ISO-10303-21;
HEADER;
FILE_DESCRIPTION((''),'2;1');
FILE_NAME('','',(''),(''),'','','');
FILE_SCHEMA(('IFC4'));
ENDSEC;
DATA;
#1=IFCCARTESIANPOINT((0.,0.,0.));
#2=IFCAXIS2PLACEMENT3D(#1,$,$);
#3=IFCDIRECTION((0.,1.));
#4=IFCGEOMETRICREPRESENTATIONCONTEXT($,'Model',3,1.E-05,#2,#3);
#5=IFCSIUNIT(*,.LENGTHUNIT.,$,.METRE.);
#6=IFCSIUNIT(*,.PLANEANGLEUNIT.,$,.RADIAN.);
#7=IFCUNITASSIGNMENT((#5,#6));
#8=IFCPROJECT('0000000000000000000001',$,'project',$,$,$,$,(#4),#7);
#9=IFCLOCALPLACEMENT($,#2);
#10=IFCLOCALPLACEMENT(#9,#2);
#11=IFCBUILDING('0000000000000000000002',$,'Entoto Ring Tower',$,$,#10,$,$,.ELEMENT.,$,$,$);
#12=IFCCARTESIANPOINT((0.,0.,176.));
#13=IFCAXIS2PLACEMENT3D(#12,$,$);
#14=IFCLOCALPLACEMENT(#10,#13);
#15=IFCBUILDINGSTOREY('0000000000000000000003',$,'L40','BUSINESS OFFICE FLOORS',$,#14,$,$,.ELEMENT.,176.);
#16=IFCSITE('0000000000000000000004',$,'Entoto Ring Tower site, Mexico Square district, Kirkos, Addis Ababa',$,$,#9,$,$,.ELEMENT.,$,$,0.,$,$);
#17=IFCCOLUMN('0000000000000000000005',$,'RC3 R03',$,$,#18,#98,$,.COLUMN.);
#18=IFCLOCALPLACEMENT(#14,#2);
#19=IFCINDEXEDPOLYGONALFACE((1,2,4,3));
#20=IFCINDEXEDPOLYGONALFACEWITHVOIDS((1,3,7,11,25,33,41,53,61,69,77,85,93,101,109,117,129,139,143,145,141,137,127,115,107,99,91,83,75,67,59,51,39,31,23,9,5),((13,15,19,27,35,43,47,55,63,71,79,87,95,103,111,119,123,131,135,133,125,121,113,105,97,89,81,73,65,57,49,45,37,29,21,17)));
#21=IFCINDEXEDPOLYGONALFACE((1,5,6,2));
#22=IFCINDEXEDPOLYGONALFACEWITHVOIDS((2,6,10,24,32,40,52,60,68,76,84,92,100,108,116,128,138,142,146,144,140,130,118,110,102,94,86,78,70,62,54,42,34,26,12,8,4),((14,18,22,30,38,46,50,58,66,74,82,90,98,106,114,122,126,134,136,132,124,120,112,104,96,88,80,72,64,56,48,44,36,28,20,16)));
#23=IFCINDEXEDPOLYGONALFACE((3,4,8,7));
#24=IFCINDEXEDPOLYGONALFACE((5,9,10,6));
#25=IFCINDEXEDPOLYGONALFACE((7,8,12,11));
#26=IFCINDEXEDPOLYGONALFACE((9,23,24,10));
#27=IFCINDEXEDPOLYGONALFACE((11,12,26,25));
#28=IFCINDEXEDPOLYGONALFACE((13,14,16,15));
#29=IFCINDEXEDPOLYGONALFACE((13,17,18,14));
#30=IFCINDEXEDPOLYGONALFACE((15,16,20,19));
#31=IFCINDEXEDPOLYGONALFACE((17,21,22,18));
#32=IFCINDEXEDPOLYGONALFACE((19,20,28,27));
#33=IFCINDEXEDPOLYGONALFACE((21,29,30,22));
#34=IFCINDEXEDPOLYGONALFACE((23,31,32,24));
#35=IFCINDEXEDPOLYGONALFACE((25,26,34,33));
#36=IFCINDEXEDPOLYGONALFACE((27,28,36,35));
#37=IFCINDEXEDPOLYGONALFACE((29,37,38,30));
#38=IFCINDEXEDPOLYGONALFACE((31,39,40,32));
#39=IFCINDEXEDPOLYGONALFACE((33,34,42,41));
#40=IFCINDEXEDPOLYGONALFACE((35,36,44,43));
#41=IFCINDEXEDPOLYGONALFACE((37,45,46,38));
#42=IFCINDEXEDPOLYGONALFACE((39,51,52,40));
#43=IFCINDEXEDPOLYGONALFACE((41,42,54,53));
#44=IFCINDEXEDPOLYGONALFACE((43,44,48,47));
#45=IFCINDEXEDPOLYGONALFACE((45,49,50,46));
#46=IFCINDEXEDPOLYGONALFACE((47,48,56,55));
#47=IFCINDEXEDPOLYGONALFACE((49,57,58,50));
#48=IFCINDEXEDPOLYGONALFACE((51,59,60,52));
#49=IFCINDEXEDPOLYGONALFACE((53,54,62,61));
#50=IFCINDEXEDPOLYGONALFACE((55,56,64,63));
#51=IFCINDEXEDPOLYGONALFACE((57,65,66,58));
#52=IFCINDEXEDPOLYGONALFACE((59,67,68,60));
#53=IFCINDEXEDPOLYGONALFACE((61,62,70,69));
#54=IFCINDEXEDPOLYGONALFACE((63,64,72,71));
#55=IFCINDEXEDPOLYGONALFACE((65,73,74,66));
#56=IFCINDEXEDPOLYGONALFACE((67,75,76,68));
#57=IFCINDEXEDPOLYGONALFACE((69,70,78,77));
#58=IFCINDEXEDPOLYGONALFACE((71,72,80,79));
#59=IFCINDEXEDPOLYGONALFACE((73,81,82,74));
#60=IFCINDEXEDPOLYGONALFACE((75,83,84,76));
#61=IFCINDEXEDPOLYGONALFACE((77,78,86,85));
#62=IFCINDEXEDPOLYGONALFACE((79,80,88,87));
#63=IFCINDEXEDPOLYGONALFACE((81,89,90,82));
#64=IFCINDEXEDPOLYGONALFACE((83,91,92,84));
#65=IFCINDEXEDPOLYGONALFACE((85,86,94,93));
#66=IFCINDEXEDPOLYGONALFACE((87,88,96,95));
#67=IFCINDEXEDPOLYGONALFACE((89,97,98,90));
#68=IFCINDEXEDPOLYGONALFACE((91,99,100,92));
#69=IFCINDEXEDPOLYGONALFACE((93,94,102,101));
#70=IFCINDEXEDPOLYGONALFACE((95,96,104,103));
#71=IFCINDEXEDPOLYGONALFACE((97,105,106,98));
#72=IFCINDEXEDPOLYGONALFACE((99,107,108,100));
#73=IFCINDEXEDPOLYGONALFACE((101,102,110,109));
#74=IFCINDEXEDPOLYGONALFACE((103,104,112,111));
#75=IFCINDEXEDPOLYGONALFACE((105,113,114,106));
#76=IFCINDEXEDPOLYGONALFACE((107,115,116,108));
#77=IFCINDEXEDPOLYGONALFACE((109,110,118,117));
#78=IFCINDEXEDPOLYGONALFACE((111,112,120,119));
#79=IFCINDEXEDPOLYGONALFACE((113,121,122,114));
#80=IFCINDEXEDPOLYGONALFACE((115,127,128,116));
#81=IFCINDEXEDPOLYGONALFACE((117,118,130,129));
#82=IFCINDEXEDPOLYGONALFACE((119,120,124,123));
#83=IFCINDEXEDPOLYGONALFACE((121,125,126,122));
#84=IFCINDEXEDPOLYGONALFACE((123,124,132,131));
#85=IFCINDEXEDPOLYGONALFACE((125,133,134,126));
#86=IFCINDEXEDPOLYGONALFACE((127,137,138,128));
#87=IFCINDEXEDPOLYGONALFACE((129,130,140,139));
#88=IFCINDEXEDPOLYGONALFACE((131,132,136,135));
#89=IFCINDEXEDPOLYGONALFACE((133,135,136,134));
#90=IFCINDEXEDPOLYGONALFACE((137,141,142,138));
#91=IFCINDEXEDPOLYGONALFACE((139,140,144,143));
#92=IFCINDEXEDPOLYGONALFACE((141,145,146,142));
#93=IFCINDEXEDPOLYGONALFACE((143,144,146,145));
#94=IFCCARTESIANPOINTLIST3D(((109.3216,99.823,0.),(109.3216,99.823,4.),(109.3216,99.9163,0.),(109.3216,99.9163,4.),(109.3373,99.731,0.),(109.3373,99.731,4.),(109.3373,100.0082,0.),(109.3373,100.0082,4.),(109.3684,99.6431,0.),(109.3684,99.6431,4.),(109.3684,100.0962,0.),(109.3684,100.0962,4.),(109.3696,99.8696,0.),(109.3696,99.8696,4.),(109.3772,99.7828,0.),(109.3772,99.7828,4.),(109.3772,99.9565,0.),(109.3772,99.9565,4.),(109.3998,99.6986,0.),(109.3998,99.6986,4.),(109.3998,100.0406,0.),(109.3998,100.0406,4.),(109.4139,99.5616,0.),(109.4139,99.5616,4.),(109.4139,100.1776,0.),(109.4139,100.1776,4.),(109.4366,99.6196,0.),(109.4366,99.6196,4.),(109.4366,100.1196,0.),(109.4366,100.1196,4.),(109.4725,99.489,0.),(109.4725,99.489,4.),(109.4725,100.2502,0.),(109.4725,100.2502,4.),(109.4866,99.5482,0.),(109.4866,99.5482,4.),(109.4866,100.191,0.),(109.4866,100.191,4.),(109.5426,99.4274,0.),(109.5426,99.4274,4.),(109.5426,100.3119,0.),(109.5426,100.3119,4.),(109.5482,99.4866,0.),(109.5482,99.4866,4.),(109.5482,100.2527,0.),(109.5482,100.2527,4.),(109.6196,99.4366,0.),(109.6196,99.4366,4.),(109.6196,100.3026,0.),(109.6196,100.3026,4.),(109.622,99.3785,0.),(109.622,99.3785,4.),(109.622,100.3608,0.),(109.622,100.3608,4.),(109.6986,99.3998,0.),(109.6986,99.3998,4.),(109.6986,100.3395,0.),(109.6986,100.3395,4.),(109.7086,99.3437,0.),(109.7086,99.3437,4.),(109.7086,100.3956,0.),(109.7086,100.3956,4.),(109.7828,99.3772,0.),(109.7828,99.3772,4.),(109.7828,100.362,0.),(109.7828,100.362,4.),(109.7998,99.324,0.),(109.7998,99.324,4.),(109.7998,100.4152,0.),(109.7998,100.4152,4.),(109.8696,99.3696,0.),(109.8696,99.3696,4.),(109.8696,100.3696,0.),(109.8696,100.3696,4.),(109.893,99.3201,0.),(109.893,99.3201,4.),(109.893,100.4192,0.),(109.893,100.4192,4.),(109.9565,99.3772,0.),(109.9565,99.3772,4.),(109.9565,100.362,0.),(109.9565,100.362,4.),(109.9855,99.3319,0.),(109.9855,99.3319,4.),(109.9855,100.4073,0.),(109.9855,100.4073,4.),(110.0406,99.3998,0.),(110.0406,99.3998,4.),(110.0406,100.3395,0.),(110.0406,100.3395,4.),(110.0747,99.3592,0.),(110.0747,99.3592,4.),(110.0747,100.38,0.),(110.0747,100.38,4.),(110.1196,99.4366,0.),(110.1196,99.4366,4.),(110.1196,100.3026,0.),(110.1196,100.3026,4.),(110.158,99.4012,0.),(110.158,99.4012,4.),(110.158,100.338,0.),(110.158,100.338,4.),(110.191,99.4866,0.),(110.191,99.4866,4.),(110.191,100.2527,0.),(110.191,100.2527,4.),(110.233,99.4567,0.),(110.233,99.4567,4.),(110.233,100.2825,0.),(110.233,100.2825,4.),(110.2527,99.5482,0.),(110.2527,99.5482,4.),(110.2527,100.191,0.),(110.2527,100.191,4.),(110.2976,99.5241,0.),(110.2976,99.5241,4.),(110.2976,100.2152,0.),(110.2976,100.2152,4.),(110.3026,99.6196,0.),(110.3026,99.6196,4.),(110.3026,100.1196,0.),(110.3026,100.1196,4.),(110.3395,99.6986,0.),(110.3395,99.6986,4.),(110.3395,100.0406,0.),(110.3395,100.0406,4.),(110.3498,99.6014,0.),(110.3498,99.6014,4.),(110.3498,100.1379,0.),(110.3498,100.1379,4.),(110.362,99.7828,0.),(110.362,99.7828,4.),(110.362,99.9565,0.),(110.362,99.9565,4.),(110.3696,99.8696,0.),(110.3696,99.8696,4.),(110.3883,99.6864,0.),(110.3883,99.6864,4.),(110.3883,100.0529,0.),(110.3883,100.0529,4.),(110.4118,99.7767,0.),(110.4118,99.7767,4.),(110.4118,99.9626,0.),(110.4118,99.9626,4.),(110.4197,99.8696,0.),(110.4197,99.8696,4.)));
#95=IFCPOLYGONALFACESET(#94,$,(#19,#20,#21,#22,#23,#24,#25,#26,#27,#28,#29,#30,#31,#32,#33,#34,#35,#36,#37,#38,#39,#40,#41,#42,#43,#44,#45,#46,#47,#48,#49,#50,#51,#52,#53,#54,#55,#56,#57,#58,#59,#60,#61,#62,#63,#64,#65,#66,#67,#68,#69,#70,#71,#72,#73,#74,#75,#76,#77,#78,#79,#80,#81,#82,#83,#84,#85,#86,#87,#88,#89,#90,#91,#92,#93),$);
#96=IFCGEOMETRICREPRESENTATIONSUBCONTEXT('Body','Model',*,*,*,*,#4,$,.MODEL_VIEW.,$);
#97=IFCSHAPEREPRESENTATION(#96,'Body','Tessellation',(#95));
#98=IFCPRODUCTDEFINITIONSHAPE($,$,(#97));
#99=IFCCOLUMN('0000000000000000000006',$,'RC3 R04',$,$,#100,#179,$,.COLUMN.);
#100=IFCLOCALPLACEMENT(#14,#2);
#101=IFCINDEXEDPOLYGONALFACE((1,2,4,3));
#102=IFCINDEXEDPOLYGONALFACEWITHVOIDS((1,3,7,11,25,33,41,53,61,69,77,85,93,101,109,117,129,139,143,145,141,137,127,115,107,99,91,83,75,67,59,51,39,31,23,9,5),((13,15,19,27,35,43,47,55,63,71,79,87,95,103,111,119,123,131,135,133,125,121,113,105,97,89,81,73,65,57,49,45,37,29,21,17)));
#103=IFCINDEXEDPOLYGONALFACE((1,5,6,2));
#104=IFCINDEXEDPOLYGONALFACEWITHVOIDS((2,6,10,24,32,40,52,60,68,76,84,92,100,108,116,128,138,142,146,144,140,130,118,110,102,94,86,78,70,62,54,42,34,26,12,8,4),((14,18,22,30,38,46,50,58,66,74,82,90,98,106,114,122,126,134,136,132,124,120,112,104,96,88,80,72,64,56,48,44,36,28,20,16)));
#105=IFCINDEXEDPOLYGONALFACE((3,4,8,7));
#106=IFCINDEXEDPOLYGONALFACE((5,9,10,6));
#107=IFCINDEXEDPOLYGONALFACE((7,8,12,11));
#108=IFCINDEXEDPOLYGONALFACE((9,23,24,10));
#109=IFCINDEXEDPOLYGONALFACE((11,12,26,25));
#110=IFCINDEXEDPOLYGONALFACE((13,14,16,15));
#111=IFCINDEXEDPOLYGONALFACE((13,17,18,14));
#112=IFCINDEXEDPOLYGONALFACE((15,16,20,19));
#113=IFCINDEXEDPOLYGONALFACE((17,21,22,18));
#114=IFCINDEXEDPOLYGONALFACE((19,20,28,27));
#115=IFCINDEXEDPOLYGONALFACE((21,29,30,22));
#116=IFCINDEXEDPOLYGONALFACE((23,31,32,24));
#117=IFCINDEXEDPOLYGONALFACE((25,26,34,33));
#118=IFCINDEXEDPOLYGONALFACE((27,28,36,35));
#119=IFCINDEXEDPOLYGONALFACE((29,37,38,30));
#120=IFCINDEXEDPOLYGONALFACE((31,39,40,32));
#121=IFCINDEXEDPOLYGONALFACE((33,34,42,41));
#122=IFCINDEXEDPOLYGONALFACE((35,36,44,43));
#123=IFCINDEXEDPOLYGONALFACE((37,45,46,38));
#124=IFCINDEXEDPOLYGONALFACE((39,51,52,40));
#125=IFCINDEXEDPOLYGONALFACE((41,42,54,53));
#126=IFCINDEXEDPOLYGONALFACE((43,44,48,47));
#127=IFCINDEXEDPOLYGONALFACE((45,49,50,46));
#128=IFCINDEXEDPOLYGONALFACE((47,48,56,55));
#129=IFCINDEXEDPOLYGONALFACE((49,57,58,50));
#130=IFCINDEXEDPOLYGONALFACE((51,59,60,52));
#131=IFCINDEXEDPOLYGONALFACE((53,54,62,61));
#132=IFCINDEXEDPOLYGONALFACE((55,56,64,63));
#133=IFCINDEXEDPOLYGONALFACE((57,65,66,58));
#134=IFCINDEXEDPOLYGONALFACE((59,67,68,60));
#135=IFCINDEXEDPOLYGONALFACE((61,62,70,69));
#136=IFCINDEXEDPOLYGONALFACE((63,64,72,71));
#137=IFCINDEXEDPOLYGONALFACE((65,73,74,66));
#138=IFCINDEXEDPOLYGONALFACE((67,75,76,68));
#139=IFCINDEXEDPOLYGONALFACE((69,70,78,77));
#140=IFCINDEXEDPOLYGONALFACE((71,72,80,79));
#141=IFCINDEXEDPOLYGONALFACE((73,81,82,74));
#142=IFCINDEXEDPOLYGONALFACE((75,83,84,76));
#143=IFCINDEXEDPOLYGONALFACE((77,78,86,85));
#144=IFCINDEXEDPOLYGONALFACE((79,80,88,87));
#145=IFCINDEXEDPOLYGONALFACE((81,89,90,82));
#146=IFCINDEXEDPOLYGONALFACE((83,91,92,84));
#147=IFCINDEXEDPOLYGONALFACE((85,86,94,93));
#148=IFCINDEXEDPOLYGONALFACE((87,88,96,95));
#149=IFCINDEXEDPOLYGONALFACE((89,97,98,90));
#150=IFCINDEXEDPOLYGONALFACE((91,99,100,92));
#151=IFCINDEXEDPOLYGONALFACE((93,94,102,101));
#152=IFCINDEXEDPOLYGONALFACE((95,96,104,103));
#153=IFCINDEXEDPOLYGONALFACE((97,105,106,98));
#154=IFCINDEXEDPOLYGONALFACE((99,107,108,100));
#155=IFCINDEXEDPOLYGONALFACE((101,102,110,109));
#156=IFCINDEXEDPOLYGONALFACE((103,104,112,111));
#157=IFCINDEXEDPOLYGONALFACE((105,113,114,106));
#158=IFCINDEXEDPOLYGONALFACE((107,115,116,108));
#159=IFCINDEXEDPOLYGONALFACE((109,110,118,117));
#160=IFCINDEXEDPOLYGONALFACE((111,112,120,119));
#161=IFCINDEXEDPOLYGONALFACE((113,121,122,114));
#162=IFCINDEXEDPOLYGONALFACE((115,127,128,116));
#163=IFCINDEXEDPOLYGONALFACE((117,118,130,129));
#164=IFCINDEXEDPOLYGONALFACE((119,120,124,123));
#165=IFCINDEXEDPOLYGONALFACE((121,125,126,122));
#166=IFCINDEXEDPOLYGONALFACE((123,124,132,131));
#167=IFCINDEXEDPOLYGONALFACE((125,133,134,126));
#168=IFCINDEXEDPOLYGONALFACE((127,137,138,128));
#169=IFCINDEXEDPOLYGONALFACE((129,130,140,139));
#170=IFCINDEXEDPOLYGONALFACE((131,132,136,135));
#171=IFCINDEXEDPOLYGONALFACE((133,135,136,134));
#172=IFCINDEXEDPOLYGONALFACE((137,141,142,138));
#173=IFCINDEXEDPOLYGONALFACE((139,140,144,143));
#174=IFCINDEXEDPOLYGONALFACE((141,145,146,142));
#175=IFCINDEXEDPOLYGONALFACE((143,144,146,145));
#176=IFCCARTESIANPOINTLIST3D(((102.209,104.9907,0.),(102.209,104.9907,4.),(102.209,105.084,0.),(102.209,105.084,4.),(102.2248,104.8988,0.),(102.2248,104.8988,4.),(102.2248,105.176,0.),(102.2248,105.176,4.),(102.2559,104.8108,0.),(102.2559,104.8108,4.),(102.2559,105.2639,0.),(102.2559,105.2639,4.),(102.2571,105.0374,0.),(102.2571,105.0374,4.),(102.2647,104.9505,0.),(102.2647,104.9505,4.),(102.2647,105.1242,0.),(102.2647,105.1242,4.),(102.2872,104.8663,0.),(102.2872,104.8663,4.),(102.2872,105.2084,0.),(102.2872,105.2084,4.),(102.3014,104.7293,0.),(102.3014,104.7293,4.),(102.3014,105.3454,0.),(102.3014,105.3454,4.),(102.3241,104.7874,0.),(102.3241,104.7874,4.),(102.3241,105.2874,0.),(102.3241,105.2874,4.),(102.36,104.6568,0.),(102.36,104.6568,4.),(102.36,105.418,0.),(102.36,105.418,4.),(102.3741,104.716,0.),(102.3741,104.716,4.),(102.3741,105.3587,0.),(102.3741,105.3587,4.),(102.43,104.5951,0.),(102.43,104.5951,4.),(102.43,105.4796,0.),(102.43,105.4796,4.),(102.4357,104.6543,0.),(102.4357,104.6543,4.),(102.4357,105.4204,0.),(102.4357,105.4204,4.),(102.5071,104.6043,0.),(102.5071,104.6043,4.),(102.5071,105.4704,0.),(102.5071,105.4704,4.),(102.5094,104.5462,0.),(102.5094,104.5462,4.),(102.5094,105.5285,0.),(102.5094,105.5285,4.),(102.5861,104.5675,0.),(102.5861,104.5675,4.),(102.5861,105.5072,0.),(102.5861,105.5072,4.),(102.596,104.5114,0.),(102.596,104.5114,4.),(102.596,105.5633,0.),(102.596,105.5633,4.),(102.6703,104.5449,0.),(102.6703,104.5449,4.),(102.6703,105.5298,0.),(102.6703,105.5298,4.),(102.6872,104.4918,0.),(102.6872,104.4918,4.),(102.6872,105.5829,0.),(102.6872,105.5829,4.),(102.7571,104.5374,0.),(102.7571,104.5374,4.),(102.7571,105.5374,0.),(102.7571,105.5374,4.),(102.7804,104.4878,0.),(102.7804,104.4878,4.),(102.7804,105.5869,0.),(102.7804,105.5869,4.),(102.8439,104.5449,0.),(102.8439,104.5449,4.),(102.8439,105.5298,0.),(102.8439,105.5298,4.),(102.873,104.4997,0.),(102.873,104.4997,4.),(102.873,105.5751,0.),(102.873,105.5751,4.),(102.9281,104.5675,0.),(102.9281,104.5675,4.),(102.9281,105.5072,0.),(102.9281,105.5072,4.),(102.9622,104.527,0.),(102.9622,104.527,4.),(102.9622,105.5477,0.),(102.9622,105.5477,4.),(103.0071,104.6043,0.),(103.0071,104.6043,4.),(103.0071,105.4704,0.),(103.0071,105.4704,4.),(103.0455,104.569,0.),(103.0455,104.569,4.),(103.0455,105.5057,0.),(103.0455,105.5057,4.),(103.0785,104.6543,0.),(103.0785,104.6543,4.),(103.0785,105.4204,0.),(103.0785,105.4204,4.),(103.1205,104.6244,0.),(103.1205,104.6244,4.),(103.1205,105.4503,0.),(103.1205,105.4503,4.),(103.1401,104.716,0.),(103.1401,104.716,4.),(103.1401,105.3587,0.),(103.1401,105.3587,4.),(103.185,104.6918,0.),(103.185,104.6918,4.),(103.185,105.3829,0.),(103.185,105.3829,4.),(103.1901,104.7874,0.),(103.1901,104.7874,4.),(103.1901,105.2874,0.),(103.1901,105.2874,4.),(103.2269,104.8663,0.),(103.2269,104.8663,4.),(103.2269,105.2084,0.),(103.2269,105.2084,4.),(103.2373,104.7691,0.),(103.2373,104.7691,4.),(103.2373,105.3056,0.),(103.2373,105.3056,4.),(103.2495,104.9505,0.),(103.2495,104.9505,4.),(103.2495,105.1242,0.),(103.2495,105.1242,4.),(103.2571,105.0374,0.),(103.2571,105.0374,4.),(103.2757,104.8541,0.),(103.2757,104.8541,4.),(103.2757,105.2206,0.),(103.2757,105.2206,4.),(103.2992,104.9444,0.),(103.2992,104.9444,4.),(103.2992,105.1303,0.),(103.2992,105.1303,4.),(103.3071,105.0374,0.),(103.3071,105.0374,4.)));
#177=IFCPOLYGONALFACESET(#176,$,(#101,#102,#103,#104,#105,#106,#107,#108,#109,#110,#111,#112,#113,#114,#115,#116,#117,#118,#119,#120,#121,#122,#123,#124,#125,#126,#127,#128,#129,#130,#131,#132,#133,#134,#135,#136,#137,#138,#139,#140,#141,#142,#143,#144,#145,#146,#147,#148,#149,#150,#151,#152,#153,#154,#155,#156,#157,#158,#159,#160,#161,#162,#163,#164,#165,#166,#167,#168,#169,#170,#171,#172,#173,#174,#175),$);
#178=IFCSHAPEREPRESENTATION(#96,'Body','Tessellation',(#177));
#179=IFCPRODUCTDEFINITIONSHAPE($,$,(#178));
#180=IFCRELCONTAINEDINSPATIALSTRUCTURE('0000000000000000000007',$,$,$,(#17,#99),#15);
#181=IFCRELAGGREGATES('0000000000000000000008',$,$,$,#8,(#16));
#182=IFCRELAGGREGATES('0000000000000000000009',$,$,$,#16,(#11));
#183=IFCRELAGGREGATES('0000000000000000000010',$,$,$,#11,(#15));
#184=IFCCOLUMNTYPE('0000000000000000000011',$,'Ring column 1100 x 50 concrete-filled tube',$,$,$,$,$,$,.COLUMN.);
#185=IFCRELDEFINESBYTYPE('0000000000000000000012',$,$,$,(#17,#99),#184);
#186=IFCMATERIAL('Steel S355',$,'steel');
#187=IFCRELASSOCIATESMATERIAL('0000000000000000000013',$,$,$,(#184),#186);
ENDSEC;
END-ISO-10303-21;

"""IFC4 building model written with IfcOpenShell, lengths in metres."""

from ifc_helpers import new_model, si_unit, direction, frame, origin, origin_2d, place, context, subcontext, project, spatial, circle, hollow_circle, extrude, material, material_profile, profile_set, type_object, element, save


model = new_model("IFC4")

# Units and contexts
model_context = context("Model", 3, precision=1e-05, world=origin(), true_north=direction((0.0, 1.0)))
body_context = subcontext(model_context, "Body", "Model", "MODEL_VIEW")
ifc_project = project(units=[si_unit("LENGTHUNIT", "METRE"), si_unit("PLANEANGLEUNIT", "RADIAN")], contexts=[model_context])

# Site, building, storey
site_placement = place(None, origin())
site = spatial("IfcSite", under=ifc_project, at=site_placement, Name="Entoto Ring Tower site, Mexico Square district, Kirkos, Addis Ababa", CompositionType="ELEMENT", RefElevation=0.0)
building_placement = place(site_placement, origin())
building = spatial("IfcBuilding", under=site, at=building_placement, Name="Entoto Ring Tower", CompositionType="ELEMENT")
storey_placement = place(building_placement, frame((0.0, 0.0, 176.0)))
storey = spatial("IfcBuildingStorey", under=building, at=storey_placement, Name="L40", Description="BUSINESS OFFICE FLOORS", CompositionType="ELEMENT", Elevation=176.0)

# Columns
ifc_material_1 = material(Name="Steel S355", Category="steel")
ifc_material_profile_1 = material_profile(ifc_material_1, hollow_circle(Radius=0.55, WallThickness=0.05, at=origin_2d()), Name="CHS 1100 x 50")
ifc_material_2 = material(Name="Concrete C60/75", Category="concrete")
ifc_material_profile_2 = material_profile(ifc_material_2, circle(Radius=0.5, at=origin_2d()), Name="Concrete C60/75 infill")
ifc_profile_set_1 = profile_set([ifc_material_profile_1, ifc_material_profile_2], Name="Steel S355")
column_type = type_object("IfcColumnType", Name="Ring column 1100 x 50 concrete-filled tube", PredefinedType="COLUMN", material=ifc_profile_set_1)
for number, where, z_axis, x_axis, name in (
    (1, (109.8696, 99.8696, 0.0), (0.0, 0.0, 1.0), (1.0, 0.0, 0.0), "RC3 R03"),
    (2, (102.7571, 105.0374, 0.0), (0.0, 0.0, 1.0), (1.0, 0.0, 0.0), "RC3 R04"),
):
    element("IfcColumn", number, at=place(storey_placement, frame(where, z_axis=z_axis, x_axis=x_axis)), inside=storey, type_object=column_type, Name=name, PredefinedType="COLUMN", context=body_context, shape_type="SweptSolid", body=[
        extrude(hollow_circle(Radius=0.55, WallThickness=0.05, at=origin_2d()), origin(), (0.0, 0.0, 1.0), 4.0),
    ])

save(model, "model.ifc")
